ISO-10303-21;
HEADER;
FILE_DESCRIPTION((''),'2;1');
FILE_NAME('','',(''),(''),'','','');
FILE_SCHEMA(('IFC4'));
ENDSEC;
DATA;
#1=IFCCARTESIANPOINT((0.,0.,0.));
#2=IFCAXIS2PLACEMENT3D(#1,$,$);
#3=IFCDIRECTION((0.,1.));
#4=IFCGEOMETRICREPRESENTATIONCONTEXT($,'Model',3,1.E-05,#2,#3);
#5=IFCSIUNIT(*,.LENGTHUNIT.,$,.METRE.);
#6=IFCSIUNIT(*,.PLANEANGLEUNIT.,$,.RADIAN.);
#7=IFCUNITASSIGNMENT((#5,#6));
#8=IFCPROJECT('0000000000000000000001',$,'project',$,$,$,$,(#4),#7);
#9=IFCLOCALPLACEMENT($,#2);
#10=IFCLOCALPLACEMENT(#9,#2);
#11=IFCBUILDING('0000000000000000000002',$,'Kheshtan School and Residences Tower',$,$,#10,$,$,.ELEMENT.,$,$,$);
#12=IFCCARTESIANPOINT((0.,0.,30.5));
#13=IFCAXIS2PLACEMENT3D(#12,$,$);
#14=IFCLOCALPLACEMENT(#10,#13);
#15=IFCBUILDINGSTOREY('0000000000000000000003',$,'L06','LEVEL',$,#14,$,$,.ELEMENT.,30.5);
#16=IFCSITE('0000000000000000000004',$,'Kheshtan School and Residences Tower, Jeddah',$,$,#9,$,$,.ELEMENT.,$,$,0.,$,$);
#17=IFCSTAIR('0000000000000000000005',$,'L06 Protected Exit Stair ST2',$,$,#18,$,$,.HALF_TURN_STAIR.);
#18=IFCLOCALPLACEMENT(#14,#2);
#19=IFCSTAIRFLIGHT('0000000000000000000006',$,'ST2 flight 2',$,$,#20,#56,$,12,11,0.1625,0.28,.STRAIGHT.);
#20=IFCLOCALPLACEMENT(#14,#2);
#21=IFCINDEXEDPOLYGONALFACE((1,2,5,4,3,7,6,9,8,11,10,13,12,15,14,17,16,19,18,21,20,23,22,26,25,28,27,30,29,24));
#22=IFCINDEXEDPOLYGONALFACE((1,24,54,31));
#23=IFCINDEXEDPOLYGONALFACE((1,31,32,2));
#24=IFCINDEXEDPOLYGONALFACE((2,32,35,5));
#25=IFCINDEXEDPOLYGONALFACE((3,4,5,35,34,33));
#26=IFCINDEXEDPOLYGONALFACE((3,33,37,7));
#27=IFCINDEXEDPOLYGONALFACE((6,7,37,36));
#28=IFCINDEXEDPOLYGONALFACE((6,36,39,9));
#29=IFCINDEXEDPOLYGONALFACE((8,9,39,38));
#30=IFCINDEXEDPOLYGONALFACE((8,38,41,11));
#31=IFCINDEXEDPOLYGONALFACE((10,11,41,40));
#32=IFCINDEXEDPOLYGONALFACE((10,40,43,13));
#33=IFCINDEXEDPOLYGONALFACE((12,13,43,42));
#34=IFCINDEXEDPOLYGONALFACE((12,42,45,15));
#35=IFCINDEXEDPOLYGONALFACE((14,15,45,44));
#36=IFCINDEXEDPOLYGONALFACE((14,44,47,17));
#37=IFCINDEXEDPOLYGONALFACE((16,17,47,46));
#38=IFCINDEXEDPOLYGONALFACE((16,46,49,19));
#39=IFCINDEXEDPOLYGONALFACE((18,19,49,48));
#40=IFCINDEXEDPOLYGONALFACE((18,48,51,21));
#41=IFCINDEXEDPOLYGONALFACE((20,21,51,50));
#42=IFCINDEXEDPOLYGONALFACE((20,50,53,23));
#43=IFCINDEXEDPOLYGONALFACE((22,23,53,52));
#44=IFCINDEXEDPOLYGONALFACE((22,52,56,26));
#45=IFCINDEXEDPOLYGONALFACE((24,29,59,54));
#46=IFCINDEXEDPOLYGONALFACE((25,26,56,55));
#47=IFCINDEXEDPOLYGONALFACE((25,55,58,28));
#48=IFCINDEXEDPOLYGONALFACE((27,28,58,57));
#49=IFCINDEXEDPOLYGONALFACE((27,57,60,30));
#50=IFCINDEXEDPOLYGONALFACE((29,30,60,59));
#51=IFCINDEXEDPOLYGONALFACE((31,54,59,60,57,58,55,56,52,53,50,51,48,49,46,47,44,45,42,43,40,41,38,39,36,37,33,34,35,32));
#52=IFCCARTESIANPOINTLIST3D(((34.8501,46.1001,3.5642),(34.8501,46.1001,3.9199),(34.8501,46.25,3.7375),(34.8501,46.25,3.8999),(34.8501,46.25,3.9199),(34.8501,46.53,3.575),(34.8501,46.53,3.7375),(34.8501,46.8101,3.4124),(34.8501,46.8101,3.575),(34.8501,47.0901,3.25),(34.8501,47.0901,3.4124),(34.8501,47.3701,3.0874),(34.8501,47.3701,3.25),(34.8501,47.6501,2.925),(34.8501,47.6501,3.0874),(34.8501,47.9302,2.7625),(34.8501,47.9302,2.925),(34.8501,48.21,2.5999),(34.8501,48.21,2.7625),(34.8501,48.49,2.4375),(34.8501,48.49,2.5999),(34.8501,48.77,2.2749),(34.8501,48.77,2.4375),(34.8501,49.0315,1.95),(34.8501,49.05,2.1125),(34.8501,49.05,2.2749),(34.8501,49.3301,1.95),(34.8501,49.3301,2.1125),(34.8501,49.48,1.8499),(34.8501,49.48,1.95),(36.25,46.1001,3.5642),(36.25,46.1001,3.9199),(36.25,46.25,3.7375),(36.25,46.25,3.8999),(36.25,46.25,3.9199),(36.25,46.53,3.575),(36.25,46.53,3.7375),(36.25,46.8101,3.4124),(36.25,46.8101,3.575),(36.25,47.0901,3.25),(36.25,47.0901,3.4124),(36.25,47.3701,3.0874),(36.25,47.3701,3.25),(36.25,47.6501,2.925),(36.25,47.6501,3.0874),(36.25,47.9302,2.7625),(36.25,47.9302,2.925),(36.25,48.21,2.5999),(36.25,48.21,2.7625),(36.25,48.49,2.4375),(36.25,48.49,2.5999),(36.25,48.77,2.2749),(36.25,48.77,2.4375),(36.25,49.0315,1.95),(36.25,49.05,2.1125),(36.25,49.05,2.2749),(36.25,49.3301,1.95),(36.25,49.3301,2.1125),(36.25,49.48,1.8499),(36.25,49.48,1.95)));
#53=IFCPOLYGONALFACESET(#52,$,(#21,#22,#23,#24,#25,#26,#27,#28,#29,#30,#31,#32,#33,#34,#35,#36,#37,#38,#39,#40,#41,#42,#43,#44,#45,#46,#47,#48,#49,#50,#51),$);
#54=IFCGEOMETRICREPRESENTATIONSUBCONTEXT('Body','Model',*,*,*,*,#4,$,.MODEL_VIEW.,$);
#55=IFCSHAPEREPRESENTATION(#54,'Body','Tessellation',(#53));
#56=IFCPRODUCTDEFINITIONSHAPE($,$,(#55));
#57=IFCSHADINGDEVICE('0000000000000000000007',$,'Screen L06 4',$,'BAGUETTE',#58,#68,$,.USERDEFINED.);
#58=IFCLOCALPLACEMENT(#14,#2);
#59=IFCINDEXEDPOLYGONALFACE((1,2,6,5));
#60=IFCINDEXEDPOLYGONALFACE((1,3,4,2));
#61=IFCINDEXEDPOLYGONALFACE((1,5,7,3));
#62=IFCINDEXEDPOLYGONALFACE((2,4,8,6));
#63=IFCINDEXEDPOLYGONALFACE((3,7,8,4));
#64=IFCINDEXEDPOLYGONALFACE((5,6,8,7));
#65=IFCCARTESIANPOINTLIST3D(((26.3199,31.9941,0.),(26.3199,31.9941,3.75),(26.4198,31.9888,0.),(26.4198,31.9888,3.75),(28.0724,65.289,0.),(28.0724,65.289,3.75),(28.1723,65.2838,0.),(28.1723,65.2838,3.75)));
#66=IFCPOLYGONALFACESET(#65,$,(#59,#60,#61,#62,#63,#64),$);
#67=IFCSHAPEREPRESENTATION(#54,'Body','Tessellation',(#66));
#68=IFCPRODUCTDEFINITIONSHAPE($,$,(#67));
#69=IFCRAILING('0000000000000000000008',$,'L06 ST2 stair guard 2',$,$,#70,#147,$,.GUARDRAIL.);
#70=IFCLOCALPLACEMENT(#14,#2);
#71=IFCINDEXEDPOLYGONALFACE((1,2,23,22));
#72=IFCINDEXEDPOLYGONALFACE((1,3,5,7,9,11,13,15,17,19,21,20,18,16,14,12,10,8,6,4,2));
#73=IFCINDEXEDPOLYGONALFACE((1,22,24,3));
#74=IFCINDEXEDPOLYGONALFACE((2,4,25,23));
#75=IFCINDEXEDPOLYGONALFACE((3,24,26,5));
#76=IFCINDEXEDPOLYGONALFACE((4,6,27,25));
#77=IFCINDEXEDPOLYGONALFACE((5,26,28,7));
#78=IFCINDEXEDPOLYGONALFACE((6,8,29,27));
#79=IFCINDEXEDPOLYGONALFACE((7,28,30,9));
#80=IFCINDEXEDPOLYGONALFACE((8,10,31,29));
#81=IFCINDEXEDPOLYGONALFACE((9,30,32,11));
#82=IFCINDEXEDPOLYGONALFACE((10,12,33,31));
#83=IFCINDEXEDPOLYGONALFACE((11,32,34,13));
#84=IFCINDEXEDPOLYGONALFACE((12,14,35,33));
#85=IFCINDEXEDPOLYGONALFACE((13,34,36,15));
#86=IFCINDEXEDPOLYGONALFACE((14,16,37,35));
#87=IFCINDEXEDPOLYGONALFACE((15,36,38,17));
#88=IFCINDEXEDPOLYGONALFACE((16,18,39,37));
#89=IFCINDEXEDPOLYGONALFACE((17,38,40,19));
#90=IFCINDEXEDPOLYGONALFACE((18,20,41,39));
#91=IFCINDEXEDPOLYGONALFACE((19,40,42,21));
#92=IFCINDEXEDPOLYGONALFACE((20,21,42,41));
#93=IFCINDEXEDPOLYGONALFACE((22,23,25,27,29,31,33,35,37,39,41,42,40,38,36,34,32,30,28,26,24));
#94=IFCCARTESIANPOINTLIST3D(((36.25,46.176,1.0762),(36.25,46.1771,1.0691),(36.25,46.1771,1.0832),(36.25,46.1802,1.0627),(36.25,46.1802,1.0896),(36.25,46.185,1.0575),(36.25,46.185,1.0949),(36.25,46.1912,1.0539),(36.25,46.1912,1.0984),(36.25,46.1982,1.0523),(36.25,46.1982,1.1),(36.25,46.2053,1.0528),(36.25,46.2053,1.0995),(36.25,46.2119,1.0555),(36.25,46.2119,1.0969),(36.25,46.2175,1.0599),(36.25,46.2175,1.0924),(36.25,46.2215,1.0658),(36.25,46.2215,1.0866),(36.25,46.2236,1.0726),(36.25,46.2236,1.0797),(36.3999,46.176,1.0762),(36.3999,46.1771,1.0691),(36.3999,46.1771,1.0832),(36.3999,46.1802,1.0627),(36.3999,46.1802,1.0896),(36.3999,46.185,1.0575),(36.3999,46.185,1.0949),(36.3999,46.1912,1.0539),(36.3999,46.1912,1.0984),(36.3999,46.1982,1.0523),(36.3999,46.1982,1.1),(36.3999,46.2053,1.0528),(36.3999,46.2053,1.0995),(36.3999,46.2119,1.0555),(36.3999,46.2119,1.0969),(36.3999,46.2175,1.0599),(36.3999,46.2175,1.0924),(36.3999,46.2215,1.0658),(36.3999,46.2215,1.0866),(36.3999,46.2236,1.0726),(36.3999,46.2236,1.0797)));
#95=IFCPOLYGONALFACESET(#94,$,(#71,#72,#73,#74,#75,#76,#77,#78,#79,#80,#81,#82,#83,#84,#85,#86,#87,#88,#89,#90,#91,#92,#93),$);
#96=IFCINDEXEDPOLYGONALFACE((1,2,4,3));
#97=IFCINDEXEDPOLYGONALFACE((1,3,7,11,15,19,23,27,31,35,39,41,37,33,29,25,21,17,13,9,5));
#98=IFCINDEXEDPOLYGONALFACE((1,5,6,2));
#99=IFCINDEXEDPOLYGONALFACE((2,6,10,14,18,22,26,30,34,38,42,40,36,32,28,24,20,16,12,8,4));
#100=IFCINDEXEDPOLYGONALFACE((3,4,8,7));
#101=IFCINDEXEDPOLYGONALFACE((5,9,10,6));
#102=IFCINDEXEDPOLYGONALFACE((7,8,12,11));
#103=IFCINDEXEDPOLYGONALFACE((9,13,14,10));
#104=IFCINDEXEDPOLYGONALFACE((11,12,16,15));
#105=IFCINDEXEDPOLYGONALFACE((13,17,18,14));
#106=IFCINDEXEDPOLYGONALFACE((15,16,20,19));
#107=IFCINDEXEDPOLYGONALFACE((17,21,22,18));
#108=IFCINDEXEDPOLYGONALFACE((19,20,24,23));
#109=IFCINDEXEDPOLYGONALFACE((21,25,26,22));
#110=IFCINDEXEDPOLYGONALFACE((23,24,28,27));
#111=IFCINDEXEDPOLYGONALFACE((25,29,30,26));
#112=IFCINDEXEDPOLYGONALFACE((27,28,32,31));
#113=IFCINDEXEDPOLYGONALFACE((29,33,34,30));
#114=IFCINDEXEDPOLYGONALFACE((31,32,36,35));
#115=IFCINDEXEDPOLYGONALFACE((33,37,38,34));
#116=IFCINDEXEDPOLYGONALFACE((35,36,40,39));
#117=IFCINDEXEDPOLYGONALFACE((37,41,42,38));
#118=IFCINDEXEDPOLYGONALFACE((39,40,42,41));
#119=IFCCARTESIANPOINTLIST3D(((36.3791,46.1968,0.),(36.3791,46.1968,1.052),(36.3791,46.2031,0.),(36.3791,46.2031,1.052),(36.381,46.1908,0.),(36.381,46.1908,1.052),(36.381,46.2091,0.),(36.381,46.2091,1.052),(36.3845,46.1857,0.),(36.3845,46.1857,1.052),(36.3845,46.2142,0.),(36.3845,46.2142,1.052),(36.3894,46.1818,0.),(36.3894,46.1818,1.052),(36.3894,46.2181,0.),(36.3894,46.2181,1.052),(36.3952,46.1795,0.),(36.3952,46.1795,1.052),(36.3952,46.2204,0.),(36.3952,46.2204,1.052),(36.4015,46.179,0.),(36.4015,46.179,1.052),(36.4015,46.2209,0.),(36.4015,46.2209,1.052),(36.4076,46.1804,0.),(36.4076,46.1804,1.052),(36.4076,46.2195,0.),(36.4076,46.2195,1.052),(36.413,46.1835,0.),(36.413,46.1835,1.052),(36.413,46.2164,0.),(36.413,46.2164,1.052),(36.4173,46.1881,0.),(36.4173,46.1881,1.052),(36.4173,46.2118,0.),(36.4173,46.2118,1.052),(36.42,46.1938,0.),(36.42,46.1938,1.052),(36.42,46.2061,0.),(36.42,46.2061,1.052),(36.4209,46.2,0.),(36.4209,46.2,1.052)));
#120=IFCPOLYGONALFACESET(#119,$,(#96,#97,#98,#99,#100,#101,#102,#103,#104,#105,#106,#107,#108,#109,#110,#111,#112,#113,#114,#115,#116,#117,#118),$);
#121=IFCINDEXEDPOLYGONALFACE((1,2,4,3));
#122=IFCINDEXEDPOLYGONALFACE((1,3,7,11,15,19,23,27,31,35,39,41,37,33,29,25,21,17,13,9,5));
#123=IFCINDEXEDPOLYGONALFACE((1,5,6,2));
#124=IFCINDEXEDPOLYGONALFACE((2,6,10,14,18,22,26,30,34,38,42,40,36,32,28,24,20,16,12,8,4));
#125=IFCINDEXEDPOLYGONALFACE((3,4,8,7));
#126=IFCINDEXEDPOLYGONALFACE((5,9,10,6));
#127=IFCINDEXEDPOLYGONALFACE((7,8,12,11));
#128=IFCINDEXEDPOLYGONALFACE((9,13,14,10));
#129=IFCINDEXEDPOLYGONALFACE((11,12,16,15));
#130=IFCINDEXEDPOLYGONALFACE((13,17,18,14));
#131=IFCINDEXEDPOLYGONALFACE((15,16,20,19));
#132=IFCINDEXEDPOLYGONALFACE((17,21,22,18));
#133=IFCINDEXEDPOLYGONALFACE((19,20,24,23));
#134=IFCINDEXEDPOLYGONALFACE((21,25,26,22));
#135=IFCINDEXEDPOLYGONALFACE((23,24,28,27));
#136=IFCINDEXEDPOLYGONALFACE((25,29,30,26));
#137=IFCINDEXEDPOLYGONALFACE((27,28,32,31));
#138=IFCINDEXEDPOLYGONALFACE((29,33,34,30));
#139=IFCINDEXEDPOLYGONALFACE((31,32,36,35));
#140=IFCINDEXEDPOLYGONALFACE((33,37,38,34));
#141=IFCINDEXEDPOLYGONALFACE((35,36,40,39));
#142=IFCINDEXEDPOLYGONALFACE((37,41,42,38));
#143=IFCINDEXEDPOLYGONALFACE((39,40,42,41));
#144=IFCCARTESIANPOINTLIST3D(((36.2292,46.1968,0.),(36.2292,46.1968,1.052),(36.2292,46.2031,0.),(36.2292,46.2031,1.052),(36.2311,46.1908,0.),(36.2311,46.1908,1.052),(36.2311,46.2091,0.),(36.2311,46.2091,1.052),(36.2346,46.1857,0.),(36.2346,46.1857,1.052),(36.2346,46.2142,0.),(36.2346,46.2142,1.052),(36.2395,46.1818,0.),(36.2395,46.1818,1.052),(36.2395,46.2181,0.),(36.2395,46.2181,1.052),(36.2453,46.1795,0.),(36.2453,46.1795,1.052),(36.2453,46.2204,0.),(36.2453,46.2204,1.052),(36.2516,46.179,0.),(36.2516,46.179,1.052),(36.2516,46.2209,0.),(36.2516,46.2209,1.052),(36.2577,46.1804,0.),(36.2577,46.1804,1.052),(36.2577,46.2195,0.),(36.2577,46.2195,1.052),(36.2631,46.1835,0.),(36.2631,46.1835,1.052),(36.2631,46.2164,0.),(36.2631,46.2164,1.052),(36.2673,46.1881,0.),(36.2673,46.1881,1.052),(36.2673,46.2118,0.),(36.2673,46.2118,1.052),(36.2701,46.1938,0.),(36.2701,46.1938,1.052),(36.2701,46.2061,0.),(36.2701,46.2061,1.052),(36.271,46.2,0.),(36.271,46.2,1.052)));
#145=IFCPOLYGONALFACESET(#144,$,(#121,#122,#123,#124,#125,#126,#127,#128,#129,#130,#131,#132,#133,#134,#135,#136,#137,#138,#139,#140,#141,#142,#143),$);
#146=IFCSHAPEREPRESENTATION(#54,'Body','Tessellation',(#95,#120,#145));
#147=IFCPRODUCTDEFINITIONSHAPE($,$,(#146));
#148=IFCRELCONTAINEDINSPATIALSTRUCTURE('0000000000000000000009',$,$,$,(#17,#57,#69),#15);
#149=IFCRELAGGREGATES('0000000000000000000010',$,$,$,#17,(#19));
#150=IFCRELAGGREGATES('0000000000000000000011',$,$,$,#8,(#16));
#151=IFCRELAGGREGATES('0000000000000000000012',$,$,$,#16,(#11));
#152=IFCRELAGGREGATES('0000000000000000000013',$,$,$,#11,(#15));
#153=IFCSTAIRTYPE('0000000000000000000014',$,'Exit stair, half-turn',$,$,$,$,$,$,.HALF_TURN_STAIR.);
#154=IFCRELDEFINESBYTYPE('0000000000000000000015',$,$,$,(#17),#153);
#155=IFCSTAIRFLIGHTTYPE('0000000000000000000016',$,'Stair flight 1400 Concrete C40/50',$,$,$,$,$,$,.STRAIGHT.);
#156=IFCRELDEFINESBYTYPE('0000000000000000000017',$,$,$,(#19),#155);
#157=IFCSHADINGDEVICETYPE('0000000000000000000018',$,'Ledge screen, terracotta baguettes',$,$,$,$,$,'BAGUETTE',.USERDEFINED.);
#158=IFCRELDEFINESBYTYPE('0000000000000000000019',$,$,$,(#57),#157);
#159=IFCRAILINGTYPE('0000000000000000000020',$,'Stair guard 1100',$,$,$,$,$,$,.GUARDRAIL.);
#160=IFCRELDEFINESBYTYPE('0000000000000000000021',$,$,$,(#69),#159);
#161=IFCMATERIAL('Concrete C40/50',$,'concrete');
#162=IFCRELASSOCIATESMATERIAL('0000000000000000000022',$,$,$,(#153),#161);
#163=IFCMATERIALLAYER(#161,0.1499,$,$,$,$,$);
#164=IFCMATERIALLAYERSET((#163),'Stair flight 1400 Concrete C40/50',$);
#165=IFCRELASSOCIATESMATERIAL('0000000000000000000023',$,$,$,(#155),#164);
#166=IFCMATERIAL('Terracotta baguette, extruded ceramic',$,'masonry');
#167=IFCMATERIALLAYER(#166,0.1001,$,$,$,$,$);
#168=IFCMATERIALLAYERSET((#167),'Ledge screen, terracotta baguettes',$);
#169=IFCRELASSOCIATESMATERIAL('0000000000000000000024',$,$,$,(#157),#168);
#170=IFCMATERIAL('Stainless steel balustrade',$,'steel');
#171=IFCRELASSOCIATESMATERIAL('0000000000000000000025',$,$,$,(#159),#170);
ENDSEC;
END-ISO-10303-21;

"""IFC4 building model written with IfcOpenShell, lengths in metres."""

from ifc_helpers import new_model, si_unit, direction, frame, origin, origin_2d, place, context, subcontext, project, spatial, polyline, rectangle, circle, outline, extrude, material, layer, layer_set, type_object, element, aggregate, save


model = new_model("IFC4")

# Units and contexts
model_context = context("Model", 3, precision=1e-05, world=origin(), true_north=direction((0.0, 1.0)))
body_context = subcontext(model_context, "Body", "Model", "MODEL_VIEW")
ifc_project = project(units=[si_unit("LENGTHUNIT", "METRE"), si_unit("PLANEANGLEUNIT", "RADIAN")], contexts=[model_context])

# Site, building, storey
site_placement = place(None, origin())
site = spatial("IfcSite", under=ifc_project, at=site_placement, Name="Kheshtan School and Residences Tower, Jeddah", CompositionType="ELEMENT", RefElevation=0.0)
building_placement = place(site_placement, origin())
building = spatial("IfcBuilding", under=site, at=building_placement, Name="Kheshtan School and Residences Tower", CompositionType="ELEMENT")
storey_placement = place(building_placement, frame((0.0, 0.0, 30.5)))
storey = spatial("IfcBuildingStorey", under=building, at=storey_placement, Name="L06", Description="LEVEL", CompositionType="ELEMENT", Elevation=30.5)

# Shared definitions
ifc_material_1 = material(Name="Concrete C40/50", Category="concrete")

# Stair, stair flight
stair_type = type_object("IfcStairType", Name="Exit stair, half-turn", PredefinedType="HALF_TURN_STAIR", material=ifc_material_1)
stair_placement = place(storey_placement, origin())
stair = element("IfcStair", 1, at=stair_placement, inside=storey, type_object=stair_type, Name="L06 Protected Exit Stair ST2", PredefinedType="HALF_TURN_STAIR")
ifc_layer_1 = layer(ifc_material_1, 0.1499)
ifc_layer_set_1 = layer_set([ifc_layer_1], Name="Stair flight 1400 Concrete C40/50")
stair_flight_type = type_object("IfcStairFlightType", Name="Stair flight 1400 Concrete C40/50", PredefinedType="STRAIGHT", material=ifc_layer_set_1)
stair_flight_1_placement = place(storey_placement, frame((35.55, 49.3301, 1.95), z_axis=(0.0, 0.0, 1.0), x_axis=(0.0, -1.0, 0.0)))
stair_flight_1 = element("IfcStairFlight", 2, at=stair_flight_1_placement, type_object=stair_flight_type, Name="ST2 flight 2", NumberOfRisers=12, NumberOfTreads=11, PredefinedType="STRAIGHT", RiserHeight=0.1625, TreadLength=0.28, context=body_context, shape_type="SweptSolid", body=[
    extrude(outline(polyline([(-0.1499, -0.1001), (-0.1499, 0.0), (0.0, 0.0), (0.0, 0.1626), (0.28, 0.1626), (0.28, 0.325), (0.5601, 0.325), (0.5601, 0.4875), (0.8401, 0.4875), (0.8401, 0.6499), (1.1201, 0.6499), (1.1201, 0.8125), (1.3999, 0.8125), (1.3999, 0.9751), (1.6799, 0.9751), (1.6799, 1.1375), (1.96, 1.1375), (1.96, 1.3), (2.24, 1.3), (2.24, 1.4624), (2.52, 1.4624), (2.52, 1.625), (2.8, 1.625), (2.8, 1.7876), (3.0801, 1.7876), (3.0801, 1.95), (3.0801, 1.97), (3.23, 1.97), (3.23, 1.6143), (0.2986, 0.0), (-0.1499, -0.1001)])), frame((0.0, 0.7, 0.0), z_axis=(0.0, -1.0, 0.0), x_axis=(1.0, 0.0, 0.0)), (0.0, 0.0, 1.0), 1.3999),
])
aggregate(stair, [stair_flight_1])

# Shading device
ifc_material_2 = material(Name="Terracotta baguette, extruded ceramic", Category="masonry")
ifc_layer_2 = layer(ifc_material_2, 0.1001)
ifc_layer_set_2 = layer_set([ifc_layer_2], Name="Ledge screen, terracotta baguettes")
shading_device_type = type_object("IfcShadingDeviceType", Name="Ledge screen, terracotta baguettes", ElementType="BAGUETTE", PredefinedType="USERDEFINED", material=ifc_layer_set_2)
shading_device_placement = place(storey_placement, frame((27.2461, 48.6389, 0.0), z_axis=(0.0, 0.0, 1.0), x_axis=(0.052563, 0.998618, 0.0)))
element("IfcShadingDevice", 3, at=shading_device_placement, inside=storey, type_object=shading_device_type, Name="Screen L06 4", ObjectType="BAGUETTE", PredefinedType="USERDEFINED", context=body_context, shape_type="SweptSolid", body=[
    extrude(rectangle(XDim=33.3411, YDim=0.1001, at=origin_2d()), origin(), (0.0, 0.0, 1.0), 3.75),
])

# Railing
ifc_material_3 = material(Name="Stainless steel balustrade", Category="steel")
railing_type_1 = type_object("IfcRailingType", Name="Stair guard 1100", PredefinedType="GUARDRAIL", material=ifc_material_3)
railing_1_placement = place(storey_placement, frame((36.3999, 46.2, 0.0)))
element("IfcRailing", 4, at=railing_1_placement, inside=storey, type_object=railing_type_1, Name="L06 ST2 stair guard 2", PredefinedType="GUARDRAIL", context=body_context, shape_type="SweptSolid", body=[
    extrude(circle(Radius=0.0239, at=origin_2d()), frame((0.0, 0.0, 1.0762), z_axis=(-1.0, 0.0, 0.0), x_axis=(0.0, -1.0, 0.0)), (0.0, 0.0, 1.0), 0.1499),
    extrude(circle(Radius=0.021, at=origin_2d()), origin(), (0.0, 0.0, 1.0), 1.052),
    extrude(circle(Radius=0.021, at=origin_2d()), frame((-0.1499, 0.0, 0.0)), (0.0, 0.0, 1.0), 1.052),
])

save(model, "model.ifc")
